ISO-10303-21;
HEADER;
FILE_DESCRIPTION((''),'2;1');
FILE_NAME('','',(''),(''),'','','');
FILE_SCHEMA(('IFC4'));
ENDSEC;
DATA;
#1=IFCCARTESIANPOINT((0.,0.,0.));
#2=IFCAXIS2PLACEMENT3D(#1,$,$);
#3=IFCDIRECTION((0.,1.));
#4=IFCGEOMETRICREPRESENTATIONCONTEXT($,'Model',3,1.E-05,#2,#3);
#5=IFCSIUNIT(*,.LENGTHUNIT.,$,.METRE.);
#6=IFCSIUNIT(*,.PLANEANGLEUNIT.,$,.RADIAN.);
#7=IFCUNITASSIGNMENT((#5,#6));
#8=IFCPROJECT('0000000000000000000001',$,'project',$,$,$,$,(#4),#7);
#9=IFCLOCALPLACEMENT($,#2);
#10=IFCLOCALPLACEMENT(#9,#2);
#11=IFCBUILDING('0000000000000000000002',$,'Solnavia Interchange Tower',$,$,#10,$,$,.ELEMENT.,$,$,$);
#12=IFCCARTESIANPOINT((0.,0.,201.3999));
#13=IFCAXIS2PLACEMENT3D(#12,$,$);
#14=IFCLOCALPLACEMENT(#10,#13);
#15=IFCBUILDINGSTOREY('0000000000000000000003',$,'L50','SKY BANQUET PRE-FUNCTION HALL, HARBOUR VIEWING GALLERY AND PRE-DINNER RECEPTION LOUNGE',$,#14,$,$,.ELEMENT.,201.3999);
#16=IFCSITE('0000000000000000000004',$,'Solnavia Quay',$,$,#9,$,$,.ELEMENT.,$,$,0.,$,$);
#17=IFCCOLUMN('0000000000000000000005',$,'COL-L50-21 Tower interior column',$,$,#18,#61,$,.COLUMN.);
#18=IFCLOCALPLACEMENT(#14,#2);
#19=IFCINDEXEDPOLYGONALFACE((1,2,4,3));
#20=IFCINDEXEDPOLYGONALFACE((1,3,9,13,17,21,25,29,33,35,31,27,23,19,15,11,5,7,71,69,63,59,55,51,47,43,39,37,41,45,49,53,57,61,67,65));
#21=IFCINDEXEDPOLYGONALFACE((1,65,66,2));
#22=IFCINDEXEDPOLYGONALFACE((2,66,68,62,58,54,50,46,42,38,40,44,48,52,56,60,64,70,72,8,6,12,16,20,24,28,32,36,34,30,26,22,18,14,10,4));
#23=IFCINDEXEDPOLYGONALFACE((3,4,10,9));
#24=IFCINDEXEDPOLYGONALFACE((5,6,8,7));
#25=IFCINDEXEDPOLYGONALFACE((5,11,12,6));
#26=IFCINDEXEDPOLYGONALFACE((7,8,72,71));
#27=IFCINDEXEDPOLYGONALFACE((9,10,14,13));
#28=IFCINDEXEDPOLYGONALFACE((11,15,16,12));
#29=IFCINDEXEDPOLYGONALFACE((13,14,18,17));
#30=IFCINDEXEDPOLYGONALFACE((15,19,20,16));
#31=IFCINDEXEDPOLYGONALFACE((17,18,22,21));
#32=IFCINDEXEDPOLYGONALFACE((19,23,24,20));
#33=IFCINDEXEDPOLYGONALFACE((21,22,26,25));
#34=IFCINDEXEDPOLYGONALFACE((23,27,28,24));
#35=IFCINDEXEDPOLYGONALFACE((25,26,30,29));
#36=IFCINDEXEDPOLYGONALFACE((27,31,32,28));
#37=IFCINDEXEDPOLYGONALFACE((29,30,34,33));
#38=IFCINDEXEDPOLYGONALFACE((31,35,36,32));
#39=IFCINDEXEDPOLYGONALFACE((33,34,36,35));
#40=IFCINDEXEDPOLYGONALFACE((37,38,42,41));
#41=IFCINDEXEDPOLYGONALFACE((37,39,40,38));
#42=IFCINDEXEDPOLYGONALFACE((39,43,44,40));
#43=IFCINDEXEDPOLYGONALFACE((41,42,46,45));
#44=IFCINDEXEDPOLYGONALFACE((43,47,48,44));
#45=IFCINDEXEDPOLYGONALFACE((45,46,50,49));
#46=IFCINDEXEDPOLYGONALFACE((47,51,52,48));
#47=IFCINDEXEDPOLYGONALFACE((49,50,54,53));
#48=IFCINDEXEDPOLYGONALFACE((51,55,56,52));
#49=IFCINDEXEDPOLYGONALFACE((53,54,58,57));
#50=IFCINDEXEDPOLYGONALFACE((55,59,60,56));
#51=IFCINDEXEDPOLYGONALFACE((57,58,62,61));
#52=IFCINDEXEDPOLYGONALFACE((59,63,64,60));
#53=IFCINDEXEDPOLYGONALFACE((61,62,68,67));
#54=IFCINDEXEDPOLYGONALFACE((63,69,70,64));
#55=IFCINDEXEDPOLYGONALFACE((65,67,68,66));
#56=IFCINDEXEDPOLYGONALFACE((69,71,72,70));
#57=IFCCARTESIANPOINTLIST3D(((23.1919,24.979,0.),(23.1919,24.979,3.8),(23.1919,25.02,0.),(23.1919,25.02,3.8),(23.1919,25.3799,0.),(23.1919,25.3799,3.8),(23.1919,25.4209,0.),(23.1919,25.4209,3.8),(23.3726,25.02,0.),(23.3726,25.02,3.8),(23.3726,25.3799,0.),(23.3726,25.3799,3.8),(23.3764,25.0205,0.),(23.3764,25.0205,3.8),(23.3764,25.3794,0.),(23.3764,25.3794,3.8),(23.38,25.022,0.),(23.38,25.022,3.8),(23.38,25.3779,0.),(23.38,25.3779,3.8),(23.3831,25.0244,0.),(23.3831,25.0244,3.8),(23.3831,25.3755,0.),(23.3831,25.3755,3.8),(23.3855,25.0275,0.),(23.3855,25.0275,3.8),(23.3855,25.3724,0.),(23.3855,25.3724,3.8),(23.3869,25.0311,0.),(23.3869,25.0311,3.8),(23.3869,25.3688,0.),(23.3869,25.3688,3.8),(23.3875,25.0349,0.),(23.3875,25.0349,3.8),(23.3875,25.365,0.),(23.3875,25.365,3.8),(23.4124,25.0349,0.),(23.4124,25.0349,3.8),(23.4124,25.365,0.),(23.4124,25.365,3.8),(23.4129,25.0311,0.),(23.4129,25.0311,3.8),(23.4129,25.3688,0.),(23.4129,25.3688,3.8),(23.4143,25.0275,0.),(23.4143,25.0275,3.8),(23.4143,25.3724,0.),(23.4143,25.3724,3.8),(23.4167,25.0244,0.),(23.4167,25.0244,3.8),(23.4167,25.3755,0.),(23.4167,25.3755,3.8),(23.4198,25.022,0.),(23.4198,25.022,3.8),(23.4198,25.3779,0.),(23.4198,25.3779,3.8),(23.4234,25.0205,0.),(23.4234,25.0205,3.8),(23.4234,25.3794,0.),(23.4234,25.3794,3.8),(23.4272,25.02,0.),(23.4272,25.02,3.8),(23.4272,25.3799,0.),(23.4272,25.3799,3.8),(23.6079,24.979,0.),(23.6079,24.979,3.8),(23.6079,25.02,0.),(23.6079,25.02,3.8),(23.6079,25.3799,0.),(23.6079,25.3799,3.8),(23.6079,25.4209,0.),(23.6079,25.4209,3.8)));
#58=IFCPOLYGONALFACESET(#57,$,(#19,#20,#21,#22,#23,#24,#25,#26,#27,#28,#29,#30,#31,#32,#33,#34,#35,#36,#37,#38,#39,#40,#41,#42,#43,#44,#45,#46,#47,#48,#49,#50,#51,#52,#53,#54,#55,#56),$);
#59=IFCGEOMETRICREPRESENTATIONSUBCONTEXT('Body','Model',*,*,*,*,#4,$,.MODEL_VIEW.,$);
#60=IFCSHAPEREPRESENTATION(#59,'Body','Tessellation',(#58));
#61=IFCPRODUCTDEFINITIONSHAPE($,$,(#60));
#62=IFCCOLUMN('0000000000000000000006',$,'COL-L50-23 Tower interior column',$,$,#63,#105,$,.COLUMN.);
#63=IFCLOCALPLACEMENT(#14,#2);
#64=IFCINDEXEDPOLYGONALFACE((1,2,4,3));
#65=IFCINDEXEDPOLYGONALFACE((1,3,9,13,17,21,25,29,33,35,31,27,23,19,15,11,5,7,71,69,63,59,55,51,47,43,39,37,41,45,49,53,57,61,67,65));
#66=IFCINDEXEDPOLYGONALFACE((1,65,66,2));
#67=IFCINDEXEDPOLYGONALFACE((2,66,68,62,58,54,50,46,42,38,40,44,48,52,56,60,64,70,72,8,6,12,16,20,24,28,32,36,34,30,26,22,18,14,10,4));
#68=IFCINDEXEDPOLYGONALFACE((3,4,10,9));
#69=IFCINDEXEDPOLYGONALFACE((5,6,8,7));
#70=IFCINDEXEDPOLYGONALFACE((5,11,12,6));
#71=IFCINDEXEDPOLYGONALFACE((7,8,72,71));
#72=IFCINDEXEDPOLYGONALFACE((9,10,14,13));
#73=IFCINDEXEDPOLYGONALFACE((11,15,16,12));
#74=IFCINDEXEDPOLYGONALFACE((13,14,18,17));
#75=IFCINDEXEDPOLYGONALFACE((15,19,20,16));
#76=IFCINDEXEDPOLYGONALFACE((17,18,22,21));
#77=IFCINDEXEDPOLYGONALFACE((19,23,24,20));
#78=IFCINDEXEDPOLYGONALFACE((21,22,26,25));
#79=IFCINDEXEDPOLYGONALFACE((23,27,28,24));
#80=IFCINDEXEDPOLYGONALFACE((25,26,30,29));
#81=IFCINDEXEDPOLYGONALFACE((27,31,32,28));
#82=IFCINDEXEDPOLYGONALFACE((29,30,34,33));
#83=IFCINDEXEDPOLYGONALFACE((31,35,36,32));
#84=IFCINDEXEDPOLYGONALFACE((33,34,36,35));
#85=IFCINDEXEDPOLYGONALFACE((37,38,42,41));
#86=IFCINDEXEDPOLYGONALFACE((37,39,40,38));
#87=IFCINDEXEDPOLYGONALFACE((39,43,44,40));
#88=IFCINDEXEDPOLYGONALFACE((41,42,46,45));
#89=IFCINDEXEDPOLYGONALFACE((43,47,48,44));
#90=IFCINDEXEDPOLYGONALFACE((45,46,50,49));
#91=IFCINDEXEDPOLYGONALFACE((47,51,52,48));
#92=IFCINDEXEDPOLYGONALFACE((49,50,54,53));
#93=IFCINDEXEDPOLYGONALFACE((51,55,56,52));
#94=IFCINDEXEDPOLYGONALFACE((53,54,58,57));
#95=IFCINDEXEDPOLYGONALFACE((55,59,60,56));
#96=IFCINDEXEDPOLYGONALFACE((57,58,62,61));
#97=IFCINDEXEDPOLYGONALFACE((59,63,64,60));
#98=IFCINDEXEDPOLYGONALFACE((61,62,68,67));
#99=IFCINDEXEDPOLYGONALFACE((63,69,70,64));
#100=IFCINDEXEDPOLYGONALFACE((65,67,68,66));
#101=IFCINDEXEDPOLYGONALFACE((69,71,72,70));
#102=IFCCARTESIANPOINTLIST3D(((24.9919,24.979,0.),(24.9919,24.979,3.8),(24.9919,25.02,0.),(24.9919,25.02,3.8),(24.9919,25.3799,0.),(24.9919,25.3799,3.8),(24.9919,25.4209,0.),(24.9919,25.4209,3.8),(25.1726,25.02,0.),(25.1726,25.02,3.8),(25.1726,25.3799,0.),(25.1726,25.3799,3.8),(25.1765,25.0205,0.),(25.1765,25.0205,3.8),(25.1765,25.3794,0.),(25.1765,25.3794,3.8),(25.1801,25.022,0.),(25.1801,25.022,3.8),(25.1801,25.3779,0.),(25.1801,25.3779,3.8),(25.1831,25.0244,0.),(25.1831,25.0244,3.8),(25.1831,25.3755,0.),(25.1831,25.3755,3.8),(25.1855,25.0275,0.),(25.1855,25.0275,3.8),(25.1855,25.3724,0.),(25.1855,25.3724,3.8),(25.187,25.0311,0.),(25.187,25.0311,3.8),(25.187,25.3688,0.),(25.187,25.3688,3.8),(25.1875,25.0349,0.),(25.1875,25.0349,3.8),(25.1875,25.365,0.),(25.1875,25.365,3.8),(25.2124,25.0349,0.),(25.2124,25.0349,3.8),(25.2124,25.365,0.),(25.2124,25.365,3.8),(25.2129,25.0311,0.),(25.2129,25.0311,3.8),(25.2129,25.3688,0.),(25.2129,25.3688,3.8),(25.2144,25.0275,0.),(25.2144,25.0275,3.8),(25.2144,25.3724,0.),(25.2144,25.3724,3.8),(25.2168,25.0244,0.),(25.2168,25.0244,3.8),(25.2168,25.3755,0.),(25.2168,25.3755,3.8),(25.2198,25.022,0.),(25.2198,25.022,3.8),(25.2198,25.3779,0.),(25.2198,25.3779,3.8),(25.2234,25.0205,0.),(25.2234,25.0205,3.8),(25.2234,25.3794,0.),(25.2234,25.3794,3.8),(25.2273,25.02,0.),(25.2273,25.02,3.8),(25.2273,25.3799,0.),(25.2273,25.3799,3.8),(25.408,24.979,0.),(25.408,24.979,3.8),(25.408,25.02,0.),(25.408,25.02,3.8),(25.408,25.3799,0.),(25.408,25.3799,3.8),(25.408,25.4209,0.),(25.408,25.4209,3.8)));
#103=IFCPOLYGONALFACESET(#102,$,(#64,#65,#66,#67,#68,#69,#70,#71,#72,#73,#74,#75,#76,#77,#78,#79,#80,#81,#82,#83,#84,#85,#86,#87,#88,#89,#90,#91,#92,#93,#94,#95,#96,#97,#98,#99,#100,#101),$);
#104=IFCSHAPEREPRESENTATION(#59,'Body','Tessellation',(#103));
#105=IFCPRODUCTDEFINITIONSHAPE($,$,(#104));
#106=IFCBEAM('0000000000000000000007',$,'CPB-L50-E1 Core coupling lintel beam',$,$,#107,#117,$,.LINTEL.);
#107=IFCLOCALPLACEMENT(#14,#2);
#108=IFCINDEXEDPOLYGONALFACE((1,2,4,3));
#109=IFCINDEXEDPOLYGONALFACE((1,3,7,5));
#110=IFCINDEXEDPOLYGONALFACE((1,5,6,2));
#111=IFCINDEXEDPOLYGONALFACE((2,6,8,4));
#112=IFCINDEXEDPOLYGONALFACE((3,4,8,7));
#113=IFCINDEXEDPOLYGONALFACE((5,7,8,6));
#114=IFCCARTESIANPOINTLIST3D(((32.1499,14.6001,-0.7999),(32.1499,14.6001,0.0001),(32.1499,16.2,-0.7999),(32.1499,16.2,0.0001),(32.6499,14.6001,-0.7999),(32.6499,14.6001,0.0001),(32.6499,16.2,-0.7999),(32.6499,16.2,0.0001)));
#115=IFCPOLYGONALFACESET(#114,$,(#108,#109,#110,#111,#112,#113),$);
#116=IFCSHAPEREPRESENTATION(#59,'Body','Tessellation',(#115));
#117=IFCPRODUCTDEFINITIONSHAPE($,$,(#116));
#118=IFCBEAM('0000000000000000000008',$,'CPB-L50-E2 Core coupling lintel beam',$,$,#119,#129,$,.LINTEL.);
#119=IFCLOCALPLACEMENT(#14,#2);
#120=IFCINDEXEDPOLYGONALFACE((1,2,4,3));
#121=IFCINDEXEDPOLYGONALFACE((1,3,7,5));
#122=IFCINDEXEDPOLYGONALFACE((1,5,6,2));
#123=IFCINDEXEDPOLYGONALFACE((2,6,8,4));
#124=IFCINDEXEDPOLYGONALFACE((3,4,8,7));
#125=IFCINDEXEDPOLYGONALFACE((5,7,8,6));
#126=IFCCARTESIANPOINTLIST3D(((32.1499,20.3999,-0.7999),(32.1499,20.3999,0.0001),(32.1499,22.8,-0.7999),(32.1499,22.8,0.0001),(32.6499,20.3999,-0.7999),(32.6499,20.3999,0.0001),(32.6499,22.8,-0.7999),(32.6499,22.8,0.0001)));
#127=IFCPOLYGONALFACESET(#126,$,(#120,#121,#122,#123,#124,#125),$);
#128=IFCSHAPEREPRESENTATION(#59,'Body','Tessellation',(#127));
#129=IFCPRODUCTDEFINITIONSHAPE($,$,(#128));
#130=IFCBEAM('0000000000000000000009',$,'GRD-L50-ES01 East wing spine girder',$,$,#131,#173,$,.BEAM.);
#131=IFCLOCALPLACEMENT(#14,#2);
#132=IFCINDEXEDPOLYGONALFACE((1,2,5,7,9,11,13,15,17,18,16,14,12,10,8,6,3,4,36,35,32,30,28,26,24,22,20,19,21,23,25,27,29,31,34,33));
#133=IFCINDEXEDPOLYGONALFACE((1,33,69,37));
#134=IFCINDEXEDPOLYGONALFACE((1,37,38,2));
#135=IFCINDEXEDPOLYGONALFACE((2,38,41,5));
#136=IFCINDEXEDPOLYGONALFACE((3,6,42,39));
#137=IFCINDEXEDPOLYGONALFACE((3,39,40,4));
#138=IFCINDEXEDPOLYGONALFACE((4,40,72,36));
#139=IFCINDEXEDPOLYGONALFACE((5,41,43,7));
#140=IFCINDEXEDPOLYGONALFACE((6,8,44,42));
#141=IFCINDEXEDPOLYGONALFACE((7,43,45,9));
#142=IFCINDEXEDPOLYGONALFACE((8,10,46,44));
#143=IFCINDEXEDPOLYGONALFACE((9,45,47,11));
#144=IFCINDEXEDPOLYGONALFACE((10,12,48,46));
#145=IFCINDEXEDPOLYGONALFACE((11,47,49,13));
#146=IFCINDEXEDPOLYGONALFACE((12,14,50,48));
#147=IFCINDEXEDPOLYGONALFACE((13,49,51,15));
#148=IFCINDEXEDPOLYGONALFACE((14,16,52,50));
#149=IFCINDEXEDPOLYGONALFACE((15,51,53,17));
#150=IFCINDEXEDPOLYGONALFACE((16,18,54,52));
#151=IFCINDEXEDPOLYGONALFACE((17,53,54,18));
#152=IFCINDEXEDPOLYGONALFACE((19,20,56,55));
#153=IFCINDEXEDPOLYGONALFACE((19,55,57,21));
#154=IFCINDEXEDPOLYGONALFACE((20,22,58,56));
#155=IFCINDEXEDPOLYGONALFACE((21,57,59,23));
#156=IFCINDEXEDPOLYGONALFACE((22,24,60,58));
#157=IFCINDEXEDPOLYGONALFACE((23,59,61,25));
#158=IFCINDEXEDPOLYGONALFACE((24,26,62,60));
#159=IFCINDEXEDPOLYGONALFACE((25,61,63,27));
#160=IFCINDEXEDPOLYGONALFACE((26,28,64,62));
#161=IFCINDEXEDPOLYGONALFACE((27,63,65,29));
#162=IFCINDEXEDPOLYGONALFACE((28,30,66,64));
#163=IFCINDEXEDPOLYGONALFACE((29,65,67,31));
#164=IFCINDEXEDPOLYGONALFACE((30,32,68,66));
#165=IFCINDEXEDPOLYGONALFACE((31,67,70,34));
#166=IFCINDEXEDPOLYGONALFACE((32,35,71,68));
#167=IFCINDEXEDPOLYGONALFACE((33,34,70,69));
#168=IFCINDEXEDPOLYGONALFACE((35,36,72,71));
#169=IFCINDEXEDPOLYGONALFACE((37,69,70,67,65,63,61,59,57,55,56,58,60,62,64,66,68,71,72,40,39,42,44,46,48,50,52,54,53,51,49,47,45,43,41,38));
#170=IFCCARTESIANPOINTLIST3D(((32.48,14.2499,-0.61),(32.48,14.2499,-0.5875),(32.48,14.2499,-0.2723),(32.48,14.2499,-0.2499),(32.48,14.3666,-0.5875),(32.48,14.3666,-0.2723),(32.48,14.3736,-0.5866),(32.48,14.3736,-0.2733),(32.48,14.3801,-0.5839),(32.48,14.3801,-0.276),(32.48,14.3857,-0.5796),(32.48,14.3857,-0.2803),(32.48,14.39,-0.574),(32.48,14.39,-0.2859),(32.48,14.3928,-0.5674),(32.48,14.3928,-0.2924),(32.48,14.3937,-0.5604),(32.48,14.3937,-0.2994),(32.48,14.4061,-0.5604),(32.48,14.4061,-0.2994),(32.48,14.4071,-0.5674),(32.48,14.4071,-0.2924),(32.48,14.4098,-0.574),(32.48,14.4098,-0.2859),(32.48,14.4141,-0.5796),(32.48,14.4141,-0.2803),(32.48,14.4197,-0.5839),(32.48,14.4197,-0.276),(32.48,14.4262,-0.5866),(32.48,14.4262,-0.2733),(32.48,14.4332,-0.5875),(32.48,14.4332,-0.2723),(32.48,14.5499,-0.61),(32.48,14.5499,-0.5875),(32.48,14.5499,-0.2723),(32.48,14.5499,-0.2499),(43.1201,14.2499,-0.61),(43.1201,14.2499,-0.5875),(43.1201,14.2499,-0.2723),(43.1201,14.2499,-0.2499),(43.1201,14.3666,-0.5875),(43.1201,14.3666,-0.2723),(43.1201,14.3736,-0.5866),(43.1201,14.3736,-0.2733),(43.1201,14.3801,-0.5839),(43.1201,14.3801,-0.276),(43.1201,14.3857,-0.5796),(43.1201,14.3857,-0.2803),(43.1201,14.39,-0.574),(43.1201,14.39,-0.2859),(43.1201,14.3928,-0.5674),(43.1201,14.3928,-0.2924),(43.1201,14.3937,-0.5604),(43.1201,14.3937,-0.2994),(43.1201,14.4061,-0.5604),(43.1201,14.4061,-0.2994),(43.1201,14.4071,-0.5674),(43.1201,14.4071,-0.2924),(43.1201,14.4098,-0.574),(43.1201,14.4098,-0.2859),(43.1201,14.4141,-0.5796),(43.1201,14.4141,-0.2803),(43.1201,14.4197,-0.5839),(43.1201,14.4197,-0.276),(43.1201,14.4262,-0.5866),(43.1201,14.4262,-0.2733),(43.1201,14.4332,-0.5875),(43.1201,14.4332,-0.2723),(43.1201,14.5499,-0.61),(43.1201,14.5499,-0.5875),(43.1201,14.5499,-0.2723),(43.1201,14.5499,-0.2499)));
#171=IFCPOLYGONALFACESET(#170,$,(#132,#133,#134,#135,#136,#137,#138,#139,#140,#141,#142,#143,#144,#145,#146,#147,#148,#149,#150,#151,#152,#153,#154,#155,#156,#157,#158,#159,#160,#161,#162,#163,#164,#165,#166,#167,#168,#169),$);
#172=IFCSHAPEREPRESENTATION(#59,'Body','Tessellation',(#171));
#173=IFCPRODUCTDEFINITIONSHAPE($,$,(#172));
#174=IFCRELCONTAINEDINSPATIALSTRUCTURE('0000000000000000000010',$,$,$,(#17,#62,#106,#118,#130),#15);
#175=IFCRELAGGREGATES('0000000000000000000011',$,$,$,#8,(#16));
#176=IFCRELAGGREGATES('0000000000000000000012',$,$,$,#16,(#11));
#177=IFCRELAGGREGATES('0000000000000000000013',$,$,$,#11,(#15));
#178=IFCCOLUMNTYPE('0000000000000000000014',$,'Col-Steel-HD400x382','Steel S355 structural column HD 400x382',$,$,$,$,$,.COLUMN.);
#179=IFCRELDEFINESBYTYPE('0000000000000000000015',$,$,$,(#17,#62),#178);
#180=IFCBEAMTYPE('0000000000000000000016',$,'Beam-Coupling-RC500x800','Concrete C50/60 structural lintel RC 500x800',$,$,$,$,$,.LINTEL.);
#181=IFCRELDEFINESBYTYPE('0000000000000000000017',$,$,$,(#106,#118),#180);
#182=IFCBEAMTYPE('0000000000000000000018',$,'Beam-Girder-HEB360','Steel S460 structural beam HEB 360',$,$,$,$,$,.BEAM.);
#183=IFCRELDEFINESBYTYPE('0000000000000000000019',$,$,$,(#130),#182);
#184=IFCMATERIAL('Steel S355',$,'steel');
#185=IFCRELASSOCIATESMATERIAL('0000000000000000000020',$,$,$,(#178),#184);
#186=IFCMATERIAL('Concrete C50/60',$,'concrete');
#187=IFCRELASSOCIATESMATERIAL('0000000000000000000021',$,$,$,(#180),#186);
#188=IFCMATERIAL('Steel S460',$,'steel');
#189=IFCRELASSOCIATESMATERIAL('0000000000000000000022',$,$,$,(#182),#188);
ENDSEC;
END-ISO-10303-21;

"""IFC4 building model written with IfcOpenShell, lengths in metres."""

from ifc_helpers import new_model, si_unit, direction, frame, origin, origin_2d, place, context, subcontext, project, spatial, rectangle, i_section, extrude, material, material_profile, profile_set, type_object, element, save


model = new_model("IFC4")

# Units and contexts
model_context = context("Model", 3, precision=1e-05, world=origin(), true_north=direction((0.0, 1.0)))
body_context = subcontext(model_context, "Body", "Model", "MODEL_VIEW")
ifc_project = project(units=[si_unit("LENGTHUNIT", "METRE"), si_unit("PLANEANGLEUNIT", "RADIAN")], contexts=[model_context])

# Site, building, storey
site_placement = place(None, origin())
site = spatial("IfcSite", under=ifc_project, at=site_placement, Name="Solnavia Quay", CompositionType="ELEMENT", RefElevation=0.0)
building_placement = place(site_placement, origin())
building = spatial("IfcBuilding", under=site, at=building_placement, Name="Solnavia Interchange Tower", CompositionType="ELEMENT")
storey_placement = place(building_placement, frame((0.0, 0.0, 201.3999)))
storey = spatial("IfcBuildingStorey", under=building, at=storey_placement, Name="L50", Description="SKY BANQUET PRE-FUNCTION HALL, HARBOUR VIEWING GALLERY AND PRE-DINNER RECEPTION LOUNGE", CompositionType="ELEMENT", Elevation=201.3999)

# Columns
ifc_material_1 = material(Name="Steel S355", Category="steel")
ifc_material_profile_1 = material_profile(ifc_material_1, i_section(OverallWidth=0.416, OverallDepth=0.4419, WebThickness=0.0249, FlangeThickness=0.041, FilletRadius=0.0149, at=origin_2d()), Name="HD 400x382")
ifc_profile_set_1 = profile_set([ifc_material_profile_1], Name="Steel S355")
column_type = type_object("IfcColumnType", Name="Col-Steel-HD400x382", Description="Steel S355 structural column HD 400x382", PredefinedType="COLUMN", material=ifc_profile_set_1)
for number, where, z_axis, x_axis, name in (
    (1, (23.3999, 25.2, 0.0), (0.0, 0.0, 1.0), (1.0, 0.0, 0.0), "COL-L50-21 Tower interior column"),
    (2, (25.2, 25.2, 0.0), (0.0, 0.0, 1.0), (1.0, 0.0, 0.0), "COL-L50-23 Tower interior column"),
):
    element("IfcColumn", number, at=place(storey_placement, frame(where, z_axis=z_axis, x_axis=x_axis)), inside=storey, type_object=column_type, Name=name, PredefinedType="COLUMN", context=body_context, shape_type="SweptSolid", body=[
        extrude(i_section(OverallWidth=0.416, OverallDepth=0.4419, WebThickness=0.0249, FlangeThickness=0.041, FilletRadius=0.0149, at=origin_2d()), origin(), (0.0, 0.0, 1.0), 3.8),
    ])

# Beams
ifc_material_2 = material(Name="Concrete C50/60", Category="concrete")
ifc_material_profile_2 = material_profile(ifc_material_2, rectangle(XDim=0.5, YDim=0.8, at=origin_2d()), Name="RC 500x800")
ifc_profile_set_2 = profile_set([ifc_material_profile_2], Name="Concrete C50/60")
beam_type_1 = type_object("IfcBeamType", Name="Beam-Coupling-RC500x800", Description="Concrete C50/60 structural lintel RC 500x800", PredefinedType="LINTEL", material=ifc_profile_set_2)
beam_1_placement = place(storey_placement, frame((32.3999, 14.6001, -0.3999), z_axis=(0.0, 1.0, 0.0), x_axis=(-1.0, 0.0, 0.0)))
element("IfcBeam", 3, at=beam_1_placement, inside=storey, type_object=beam_type_1, Name="CPB-L50-E1 Core coupling lintel beam", PredefinedType="LINTEL", context=body_context, shape_type="SweptSolid", body=[
    extrude(rectangle(XDim=0.5, YDim=0.8, at=origin_2d()), origin(), (0.0, 0.0, 1.0), 1.5999),
])
beam_2_placement = place(storey_placement, frame((32.3999, 20.3999, -0.3999), z_axis=(0.0, 1.0, 0.0), x_axis=(-1.0, 0.0, 0.0)))
element("IfcBeam", 4, at=beam_2_placement, inside=storey, type_object=beam_type_1, Name="CPB-L50-E2 Core coupling lintel beam", PredefinedType="LINTEL", context=body_context, shape_type="SweptSolid", body=[
    extrude(rectangle(XDim=0.5, YDim=0.8, at=origin_2d()), origin(), (0.0, 0.0, 1.0), 2.4001),
])
ifc_material_3 = material(Name="Steel S460", Category="steel")
ifc_material_profile_3 = material_profile(ifc_material_3, i_section(OverallWidth=0.3, OverallDepth=0.3601, WebThickness=0.0125, FlangeThickness=0.0225, FilletRadius=0.0271, at=origin_2d()), Name="HEB 360")
ifc_profile_set_3 = profile_set([ifc_material_profile_3], Name="Steel S460")
beam_type_2 = type_object("IfcBeamType", Name="Beam-Girder-HEB360", Description="Steel S460 structural beam HEB 360", PredefinedType="BEAM", material=ifc_profile_set_3)
beam_3_placement = place(storey_placement, frame((32.48, 14.3999, -0.4299), z_axis=(1.0, 0.0, 0.0), x_axis=(0.0, 1.0, 0.0)))
element("IfcBeam", 5, at=beam_3_placement, inside=storey, type_object=beam_type_2, Name="GRD-L50-ES01 East wing spine girder", PredefinedType="BEAM", context=body_context, shape_type="SweptSolid", body=[
    extrude(i_section(OverallWidth=0.3, OverallDepth=0.3601, WebThickness=0.0125, FlangeThickness=0.0225, FilletRadius=0.0271, at=origin_2d()), origin(), (0.0, 0.0, 1.0), 10.6401),
])

save(model, "model.ifc")
